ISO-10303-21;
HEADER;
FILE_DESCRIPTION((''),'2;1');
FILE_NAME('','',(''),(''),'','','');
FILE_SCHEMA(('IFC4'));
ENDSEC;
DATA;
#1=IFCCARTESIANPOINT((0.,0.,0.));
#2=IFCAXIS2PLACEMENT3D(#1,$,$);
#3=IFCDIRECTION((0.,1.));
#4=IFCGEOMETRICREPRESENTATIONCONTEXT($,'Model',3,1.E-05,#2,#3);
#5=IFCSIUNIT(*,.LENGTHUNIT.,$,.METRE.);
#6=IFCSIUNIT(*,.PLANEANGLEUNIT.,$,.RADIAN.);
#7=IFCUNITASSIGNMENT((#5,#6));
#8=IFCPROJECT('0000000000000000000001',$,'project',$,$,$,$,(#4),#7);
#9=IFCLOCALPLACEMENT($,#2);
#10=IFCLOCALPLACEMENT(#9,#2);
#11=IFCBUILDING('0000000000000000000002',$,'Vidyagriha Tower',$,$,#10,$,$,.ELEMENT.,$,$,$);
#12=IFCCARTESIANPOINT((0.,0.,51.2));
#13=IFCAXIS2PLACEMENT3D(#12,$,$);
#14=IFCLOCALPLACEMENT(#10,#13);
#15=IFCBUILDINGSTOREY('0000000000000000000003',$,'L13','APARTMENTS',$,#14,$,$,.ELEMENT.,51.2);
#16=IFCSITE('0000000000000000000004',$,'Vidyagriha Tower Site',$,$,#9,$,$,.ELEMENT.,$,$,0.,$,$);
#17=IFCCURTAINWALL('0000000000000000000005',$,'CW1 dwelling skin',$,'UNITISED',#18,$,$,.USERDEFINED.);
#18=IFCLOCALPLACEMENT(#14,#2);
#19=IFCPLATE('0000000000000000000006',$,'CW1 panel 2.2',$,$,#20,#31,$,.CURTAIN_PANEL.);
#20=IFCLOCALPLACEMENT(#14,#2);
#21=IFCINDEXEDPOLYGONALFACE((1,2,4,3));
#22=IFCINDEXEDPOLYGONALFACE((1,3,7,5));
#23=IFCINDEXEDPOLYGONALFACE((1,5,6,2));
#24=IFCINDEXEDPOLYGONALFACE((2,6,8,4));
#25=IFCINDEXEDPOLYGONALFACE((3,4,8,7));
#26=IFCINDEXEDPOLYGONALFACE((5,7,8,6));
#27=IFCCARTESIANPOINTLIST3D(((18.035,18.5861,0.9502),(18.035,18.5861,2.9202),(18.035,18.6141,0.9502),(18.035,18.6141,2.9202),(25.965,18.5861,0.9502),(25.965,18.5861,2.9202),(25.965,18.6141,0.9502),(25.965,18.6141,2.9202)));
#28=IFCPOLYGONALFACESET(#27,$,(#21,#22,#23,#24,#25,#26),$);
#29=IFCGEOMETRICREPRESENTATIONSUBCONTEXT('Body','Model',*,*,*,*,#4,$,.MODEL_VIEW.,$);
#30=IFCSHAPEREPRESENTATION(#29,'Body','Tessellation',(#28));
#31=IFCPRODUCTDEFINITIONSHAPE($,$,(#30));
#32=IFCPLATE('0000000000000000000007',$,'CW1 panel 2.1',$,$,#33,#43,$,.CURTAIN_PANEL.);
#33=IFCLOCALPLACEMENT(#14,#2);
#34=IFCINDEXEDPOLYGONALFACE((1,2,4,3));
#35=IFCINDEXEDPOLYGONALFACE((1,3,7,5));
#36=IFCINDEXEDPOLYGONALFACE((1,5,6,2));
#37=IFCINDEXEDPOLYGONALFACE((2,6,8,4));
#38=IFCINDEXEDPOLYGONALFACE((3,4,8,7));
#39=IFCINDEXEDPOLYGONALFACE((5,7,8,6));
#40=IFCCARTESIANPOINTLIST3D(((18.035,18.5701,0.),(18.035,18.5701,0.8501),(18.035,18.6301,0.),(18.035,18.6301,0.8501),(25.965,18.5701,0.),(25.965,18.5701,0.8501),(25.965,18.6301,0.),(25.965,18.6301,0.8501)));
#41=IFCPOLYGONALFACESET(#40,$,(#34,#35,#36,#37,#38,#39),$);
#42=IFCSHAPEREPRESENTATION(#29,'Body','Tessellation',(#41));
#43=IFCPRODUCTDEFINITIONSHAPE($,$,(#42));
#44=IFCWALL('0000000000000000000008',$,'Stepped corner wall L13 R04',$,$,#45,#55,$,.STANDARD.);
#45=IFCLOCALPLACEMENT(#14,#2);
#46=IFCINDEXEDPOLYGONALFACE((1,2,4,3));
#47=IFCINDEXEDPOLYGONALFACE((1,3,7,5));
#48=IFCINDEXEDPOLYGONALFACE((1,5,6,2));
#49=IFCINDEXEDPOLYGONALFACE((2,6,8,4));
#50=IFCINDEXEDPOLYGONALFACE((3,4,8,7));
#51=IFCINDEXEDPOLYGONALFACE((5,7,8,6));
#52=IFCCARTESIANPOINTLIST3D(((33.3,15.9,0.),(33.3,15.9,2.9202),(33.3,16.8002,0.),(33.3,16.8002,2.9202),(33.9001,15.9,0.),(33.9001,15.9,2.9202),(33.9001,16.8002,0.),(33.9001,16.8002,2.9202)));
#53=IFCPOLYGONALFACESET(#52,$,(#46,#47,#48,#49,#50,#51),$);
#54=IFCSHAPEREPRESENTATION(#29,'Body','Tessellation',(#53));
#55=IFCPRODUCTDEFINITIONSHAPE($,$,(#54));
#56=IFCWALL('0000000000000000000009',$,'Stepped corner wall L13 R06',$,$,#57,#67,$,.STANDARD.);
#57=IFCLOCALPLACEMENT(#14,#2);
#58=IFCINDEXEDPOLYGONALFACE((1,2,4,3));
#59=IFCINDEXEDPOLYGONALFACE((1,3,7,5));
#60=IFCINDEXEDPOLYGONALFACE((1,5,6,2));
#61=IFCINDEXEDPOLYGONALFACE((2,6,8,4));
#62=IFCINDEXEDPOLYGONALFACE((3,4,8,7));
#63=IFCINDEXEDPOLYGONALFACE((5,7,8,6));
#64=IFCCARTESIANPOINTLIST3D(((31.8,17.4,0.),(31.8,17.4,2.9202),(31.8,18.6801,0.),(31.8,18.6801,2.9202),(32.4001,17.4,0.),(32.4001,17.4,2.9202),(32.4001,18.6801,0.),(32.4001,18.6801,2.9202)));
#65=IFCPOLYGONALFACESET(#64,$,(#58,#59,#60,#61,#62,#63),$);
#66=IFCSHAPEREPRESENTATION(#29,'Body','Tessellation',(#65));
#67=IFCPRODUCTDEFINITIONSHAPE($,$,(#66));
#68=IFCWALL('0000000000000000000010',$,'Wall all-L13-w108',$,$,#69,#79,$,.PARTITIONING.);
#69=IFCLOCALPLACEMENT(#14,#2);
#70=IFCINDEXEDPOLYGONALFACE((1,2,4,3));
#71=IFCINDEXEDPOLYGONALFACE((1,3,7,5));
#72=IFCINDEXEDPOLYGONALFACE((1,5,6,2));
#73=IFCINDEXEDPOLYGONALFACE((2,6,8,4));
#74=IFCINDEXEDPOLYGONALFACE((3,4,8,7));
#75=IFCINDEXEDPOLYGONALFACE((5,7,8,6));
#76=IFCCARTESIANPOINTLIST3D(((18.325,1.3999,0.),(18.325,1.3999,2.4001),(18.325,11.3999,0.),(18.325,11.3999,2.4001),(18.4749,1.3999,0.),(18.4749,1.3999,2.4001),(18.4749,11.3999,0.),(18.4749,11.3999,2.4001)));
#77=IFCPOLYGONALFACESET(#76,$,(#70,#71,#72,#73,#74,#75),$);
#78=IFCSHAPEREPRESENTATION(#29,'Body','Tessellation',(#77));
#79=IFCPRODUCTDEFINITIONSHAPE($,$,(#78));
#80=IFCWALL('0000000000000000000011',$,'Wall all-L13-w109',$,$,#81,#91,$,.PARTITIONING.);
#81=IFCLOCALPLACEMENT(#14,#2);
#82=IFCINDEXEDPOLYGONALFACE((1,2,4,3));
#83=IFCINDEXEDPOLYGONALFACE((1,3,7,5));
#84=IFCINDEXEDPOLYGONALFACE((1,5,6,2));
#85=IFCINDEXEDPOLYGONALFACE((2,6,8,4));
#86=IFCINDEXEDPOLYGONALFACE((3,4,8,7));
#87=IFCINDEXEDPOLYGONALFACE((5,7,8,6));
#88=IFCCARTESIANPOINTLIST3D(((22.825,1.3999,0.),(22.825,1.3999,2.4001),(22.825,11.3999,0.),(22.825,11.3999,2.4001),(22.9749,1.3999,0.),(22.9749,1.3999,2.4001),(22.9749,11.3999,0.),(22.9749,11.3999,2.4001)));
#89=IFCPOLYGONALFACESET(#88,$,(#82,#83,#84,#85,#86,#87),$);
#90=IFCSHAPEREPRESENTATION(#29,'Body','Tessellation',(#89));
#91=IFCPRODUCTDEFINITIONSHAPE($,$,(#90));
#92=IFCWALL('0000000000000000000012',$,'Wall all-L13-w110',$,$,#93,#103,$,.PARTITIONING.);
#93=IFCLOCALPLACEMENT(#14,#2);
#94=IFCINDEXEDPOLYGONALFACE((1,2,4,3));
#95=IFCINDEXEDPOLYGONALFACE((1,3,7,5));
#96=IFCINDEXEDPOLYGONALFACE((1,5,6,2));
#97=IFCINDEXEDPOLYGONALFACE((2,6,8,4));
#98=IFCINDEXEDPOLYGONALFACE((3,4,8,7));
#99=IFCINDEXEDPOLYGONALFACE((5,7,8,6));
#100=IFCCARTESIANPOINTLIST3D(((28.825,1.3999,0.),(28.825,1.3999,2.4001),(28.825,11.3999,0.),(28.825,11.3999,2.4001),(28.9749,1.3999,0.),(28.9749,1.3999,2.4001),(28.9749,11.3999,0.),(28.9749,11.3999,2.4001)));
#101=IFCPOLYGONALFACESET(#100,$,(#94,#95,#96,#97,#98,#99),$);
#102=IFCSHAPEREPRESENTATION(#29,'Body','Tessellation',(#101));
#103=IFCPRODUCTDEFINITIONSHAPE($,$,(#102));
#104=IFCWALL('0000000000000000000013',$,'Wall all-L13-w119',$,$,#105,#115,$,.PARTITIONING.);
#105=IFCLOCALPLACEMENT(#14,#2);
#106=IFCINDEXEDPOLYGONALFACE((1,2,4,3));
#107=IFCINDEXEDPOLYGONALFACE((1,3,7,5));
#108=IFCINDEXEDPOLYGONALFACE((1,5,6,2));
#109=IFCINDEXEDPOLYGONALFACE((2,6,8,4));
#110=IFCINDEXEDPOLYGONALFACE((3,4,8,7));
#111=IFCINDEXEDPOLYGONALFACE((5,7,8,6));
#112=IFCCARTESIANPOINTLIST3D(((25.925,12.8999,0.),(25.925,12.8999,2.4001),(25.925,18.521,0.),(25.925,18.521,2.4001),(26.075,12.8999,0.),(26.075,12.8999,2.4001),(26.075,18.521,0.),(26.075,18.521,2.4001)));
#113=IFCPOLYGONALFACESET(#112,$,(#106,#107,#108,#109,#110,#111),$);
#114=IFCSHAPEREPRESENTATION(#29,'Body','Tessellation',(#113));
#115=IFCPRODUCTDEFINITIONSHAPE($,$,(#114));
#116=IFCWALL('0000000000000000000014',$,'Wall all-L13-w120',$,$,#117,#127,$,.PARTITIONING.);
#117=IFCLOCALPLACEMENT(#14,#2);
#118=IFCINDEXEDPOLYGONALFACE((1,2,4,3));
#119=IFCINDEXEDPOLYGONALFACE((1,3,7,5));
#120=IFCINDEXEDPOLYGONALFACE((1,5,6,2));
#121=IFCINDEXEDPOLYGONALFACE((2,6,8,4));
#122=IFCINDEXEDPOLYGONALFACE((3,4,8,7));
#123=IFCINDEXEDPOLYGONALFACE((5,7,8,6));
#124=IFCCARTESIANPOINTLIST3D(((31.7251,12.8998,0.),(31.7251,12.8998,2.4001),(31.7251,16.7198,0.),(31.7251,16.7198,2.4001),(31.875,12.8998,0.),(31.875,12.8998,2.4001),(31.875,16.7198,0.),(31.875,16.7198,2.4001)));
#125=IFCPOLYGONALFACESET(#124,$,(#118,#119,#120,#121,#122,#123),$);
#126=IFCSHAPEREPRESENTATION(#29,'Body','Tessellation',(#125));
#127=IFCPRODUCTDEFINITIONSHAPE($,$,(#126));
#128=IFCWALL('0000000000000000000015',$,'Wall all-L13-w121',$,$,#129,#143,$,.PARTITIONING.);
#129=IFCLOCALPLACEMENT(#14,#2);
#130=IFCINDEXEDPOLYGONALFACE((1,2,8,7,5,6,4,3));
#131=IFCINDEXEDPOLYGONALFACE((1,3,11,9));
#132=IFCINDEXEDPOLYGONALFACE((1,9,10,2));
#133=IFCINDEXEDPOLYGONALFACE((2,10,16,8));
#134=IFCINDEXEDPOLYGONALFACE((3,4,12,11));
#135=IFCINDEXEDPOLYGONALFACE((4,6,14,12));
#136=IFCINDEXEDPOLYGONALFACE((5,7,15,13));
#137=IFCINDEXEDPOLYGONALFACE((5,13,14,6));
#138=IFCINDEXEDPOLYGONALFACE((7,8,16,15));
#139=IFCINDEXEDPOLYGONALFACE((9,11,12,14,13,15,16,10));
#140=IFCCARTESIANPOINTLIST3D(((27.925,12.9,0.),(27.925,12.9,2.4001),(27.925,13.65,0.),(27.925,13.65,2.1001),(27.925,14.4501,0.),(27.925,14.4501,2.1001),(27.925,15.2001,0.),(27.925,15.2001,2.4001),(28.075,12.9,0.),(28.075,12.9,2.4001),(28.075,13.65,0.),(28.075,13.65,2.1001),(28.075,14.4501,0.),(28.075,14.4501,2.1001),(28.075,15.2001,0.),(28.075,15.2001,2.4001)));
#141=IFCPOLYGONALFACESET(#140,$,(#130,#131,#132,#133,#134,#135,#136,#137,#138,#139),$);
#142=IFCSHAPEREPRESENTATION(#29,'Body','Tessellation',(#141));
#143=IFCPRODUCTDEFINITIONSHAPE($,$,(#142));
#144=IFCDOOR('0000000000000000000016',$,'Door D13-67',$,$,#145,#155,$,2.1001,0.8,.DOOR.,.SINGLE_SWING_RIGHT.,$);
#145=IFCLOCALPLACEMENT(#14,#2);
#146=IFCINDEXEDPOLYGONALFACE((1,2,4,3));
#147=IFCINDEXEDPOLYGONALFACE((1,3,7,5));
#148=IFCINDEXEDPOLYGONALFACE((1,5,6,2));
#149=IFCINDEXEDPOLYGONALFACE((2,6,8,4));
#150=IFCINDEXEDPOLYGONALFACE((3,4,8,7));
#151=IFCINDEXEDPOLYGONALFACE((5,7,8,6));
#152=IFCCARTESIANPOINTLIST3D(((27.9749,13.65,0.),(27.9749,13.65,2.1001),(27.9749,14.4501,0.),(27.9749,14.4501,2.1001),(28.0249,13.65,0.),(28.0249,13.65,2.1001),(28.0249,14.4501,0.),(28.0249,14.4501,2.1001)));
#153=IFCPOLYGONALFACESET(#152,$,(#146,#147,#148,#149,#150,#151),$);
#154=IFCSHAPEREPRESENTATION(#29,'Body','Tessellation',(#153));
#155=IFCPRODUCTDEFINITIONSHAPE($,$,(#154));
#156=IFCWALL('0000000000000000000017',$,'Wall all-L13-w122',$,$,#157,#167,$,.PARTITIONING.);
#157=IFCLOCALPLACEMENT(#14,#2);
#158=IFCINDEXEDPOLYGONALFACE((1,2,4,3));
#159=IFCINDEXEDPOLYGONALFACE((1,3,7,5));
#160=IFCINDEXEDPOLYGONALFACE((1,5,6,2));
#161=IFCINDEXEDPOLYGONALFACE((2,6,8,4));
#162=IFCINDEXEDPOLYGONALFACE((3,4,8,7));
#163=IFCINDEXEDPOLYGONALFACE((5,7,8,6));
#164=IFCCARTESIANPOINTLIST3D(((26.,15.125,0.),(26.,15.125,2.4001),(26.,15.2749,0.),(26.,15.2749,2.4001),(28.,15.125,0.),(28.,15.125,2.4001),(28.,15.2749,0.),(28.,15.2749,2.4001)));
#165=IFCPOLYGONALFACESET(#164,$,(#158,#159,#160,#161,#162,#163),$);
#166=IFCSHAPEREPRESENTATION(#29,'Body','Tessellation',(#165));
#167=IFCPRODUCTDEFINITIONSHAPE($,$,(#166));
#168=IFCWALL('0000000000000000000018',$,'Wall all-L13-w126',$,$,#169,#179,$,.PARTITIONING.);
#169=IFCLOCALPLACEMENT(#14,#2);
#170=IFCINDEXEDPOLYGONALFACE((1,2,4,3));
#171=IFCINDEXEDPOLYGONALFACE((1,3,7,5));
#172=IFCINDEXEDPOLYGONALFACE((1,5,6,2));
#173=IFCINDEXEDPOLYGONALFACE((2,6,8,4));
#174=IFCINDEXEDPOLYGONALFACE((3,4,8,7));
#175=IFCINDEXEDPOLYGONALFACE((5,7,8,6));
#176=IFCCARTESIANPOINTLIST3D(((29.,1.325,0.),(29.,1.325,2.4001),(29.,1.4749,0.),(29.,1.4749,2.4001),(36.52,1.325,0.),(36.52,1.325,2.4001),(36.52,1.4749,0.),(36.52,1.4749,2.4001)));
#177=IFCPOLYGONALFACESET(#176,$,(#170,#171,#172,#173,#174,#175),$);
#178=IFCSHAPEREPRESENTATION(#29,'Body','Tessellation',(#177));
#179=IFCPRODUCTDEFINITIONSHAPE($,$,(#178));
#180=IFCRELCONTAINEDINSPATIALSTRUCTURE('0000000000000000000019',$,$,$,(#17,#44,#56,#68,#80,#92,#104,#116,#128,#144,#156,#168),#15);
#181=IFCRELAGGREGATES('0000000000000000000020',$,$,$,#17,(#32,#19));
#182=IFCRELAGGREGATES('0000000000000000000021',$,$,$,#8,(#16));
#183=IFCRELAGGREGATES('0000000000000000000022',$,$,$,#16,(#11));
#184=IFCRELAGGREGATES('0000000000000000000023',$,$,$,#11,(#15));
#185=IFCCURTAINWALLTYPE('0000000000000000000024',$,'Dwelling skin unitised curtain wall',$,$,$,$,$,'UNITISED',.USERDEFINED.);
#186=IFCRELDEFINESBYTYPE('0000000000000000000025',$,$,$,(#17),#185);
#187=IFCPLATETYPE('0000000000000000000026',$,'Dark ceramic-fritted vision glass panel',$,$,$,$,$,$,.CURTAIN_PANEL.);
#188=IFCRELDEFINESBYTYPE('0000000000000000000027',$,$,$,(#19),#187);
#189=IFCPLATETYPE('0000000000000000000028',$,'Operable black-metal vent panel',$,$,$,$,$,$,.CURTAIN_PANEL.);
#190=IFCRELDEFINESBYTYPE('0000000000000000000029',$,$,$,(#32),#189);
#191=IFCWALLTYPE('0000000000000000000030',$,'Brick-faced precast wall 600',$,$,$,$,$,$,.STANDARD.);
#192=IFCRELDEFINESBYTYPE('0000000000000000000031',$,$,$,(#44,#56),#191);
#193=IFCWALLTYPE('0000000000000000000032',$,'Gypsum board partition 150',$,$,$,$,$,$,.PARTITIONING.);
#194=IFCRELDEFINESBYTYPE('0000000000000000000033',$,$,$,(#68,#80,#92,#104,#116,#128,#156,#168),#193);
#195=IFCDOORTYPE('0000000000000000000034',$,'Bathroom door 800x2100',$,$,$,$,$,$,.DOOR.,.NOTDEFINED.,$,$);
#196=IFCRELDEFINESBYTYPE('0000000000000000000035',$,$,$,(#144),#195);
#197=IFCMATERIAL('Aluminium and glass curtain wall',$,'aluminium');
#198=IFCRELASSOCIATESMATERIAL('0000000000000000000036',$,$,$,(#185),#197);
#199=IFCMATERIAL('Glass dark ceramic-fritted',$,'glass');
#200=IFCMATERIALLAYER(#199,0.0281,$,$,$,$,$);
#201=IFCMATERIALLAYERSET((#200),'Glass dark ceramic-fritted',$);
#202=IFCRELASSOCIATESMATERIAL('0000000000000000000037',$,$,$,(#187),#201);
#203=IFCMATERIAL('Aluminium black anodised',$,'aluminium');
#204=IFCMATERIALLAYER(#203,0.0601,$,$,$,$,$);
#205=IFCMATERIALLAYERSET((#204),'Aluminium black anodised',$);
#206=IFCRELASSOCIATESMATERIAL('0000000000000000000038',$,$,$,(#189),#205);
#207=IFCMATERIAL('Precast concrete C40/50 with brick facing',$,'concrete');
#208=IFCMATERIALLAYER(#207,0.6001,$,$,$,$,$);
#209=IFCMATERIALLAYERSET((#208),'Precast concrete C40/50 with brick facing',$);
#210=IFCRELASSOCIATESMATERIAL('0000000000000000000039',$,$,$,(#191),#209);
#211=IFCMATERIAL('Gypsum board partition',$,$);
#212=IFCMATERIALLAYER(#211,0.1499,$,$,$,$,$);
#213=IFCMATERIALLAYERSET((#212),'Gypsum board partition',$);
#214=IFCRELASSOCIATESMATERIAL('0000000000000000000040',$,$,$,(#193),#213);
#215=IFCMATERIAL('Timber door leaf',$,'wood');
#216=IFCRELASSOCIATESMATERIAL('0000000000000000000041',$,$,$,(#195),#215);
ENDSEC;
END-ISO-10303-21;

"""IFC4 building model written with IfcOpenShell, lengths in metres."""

from ifc_helpers import new_model, si_unit, direction, frame, frame_2d, origin, origin_2d, place, context, subcontext, project, spatial, rectangle, extrude, material, layer, layer_set, type_object, element, fill, aggregate, save


model = new_model("IFC4")

# Units and contexts
model_context = context("Model", 3, precision=1e-05, world=origin(), true_north=direction((0.0, 1.0)))
body_context = subcontext(model_context, "Body", "Model", "MODEL_VIEW")
ifc_project = project(units=[si_unit("LENGTHUNIT", "METRE"), si_unit("PLANEANGLEUNIT", "RADIAN")], contexts=[model_context])

# Site, building, storey
site_placement = place(None, origin())
site = spatial("IfcSite", under=ifc_project, at=site_placement, Name="Vidyagriha Tower Site", CompositionType="ELEMENT", RefElevation=0.0)
building_placement = place(site_placement, origin())
building = spatial("IfcBuilding", under=site, at=building_placement, Name="Vidyagriha Tower", CompositionType="ELEMENT")
storey_placement = place(building_placement, frame((0.0, 0.0, 51.2)))
storey = spatial("IfcBuildingStorey", under=building, at=storey_placement, Name="L13", Description="APARTMENTS", CompositionType="ELEMENT", Elevation=51.2)

# Curtain wall, plates
ifc_material_1 = material(Name="Aluminium and glass curtain wall", Category="aluminium")
curtain_wall_type = type_object("IfcCurtainWallType", Name="Dwelling skin unitised curtain wall", ElementType="UNITISED", PredefinedType="USERDEFINED", material=ifc_material_1)
curtain_wall_placement = place(storey_placement, origin())
curtain_wall = element("IfcCurtainWall", 1, at=curtain_wall_placement, inside=storey, type_object=curtain_wall_type, Name="CW1 dwelling skin", ObjectType="UNITISED", PredefinedType="USERDEFINED")
ifc_material_2 = material(Name="Glass dark ceramic-fritted", Category="glass")
ifc_layer_1 = layer(ifc_material_2, 0.0281)
ifc_layer_set_1 = layer_set([ifc_layer_1], Name="Glass dark ceramic-fritted")
plate_type_1 = type_object("IfcPlateType", Name="Dark ceramic-fritted vision glass panel", PredefinedType="CURTAIN_PANEL", material=ifc_layer_set_1)
plate_1_placement = place(storey_placement, frame((22.0, 18.6001, 0.9502), z_axis=(0.0, 0.0, 1.0), x_axis=(-1.0, 0.0, 0.0)))
plate_1 = element("IfcPlate", 2, at=plate_1_placement, type_object=plate_type_1, Name="CW1 panel 2.2", PredefinedType="CURTAIN_PANEL", context=body_context, shape_type="SweptSolid", body=[
    extrude(rectangle(XDim=7.9299, YDim=0.0281, at=origin_2d()), origin(), (0.0, 0.0, 1.0), 1.97),
])
ifc_material_3 = material(Name="Aluminium black anodised", Category="aluminium")
ifc_layer_2 = layer(ifc_material_3, 0.0601)
ifc_layer_set_2 = layer_set([ifc_layer_2], Name="Aluminium black anodised")
plate_type_2 = type_object("IfcPlateType", Name="Operable black-metal vent panel", PredefinedType="CURTAIN_PANEL", material=ifc_layer_set_2)
plate_2_placement = place(storey_placement, frame((22.0, 18.6001, 0.0), z_axis=(0.0, 0.0, 1.0), x_axis=(-1.0, 0.0, 0.0)))
plate_2 = element("IfcPlate", 3, at=plate_2_placement, type_object=plate_type_2, Name="CW1 panel 2.1", PredefinedType="CURTAIN_PANEL", context=body_context, shape_type="SweptSolid", body=[
    extrude(rectangle(XDim=7.9299, YDim=0.0601, at=origin_2d()), origin(), (0.0, 0.0, 1.0), 0.8501),
])
aggregate(curtain_wall, [plate_2, plate_1])

# Walls
ifc_material_4 = material(Name="Precast concrete C40/50 with brick facing", Category="concrete")
ifc_layer_3 = layer(ifc_material_4, 0.6001)
ifc_layer_set_3 = layer_set([ifc_layer_3], Name="Precast concrete C40/50 with brick facing")
wall_type_1 = type_object("IfcWallType", Name="Brick-faced precast wall 600", PredefinedType="STANDARD", material=ifc_layer_set_3)
wall_1_placement = place(storey_placement, frame((33.6001, 15.8999, 0.0), z_axis=(0.0, 0.0, 1.0), x_axis=(0.0, 1.0, 0.0)))
element("IfcWall", 4, at=wall_1_placement, inside=storey, type_object=wall_type_1, Name="Stepped corner wall L13 R04", PredefinedType="STANDARD", context=body_context, shape_type="SweptSolid", body=[
    extrude(rectangle(XDim=0.9001, YDim=0.6001, at=frame_2d((0.4502, 0.0))), origin(), (0.0, 0.0, 1.0), 2.9202),
])
wall_2_placement = place(storey_placement, frame((32.1001, 17.3999, 0.0), z_axis=(0.0, 0.0, 1.0), x_axis=(0.0, 1.0, 0.0)))
element("IfcWall", 5, at=wall_2_placement, inside=storey, type_object=wall_type_1, Name="Stepped corner wall L13 R06", PredefinedType="STANDARD", context=body_context, shape_type="SweptSolid", body=[
    extrude(rectangle(XDim=1.28, YDim=0.6001, at=frame_2d((0.6401, 0.0))), origin(), (0.0, 0.0, 1.0), 2.9202),
])
ifc_material_5 = material(Name="Gypsum board partition")
ifc_layer_4 = layer(ifc_material_5, 0.1499)
ifc_layer_set_4 = layer_set([ifc_layer_4], Name="Gypsum board partition")
wall_type_2 = type_object("IfcWallType", Name="Gypsum board partition 150", PredefinedType="PARTITIONING", material=ifc_layer_set_4)
for number, where, z_axis, x_axis, name in (
    (6, (18.3999, 11.3999, 0.0), (0.0, 0.0, 1.0), (0.0, -1.0, 0.0), "Wall all-L13-w108"),
    (7, (22.8999, 11.3999, 0.0), (0.0, 0.0, 1.0), (0.0, -1.0, 0.0), "Wall all-L13-w109"),
    (8, (28.8999, 11.3999, 0.0), (0.0, 0.0, 1.0), (0.0, -1.0, 0.0), "Wall all-L13-w110"),
):
    element("IfcWall", number, at=place(storey_placement, frame(where, z_axis=z_axis, x_axis=x_axis)), inside=storey, type_object=wall_type_2, Name=name, PredefinedType="PARTITIONING", context=body_context, shape_type="SweptSolid", body=[
        extrude(rectangle(XDim=10.0, YDim=0.1499, at=frame_2d((5.0, 0.0))), origin(), (0.0, 0.0, 1.0), 2.4001),
    ])
wall_3_placement = place(storey_placement, frame((26.0, 18.521, 0.0), z_axis=(0.0, 0.0, 1.0), x_axis=(0.0, -1.0, 0.0)))
element("IfcWall", 9, at=wall_3_placement, inside=storey, type_object=wall_type_2, Name="Wall all-L13-w119", PredefinedType="PARTITIONING", context=body_context, shape_type="SweptSolid", body=[
    extrude(rectangle(XDim=5.6211, YDim=0.1499, at=frame_2d((2.8105, 0.0))), origin(), (0.0, 0.0, 1.0), 2.4001),
])
wall_4_placement = place(storey_placement, frame((31.8, 16.72, 0.0), z_axis=(0.0, 0.0, 1.0), x_axis=(0.0, -1.0, 0.0)))
element("IfcWall", 10, at=wall_4_placement, inside=storey, type_object=wall_type_2, Name="Wall all-L13-w120", PredefinedType="PARTITIONING", context=body_context, shape_type="SweptSolid", body=[
    extrude(rectangle(XDim=3.8201, YDim=0.1499, at=frame_2d((1.9102, 0.0))), origin(), (0.0, 0.0, 1.0), 2.4001),
])

# Wall, opening, door
wall_5_placement = place(storey_placement, frame((28.0, 15.2, 0.0), z_axis=(0.0, 0.0, 1.0), x_axis=(0.0, -1.0, 0.0)))
wall_5 = element("IfcWall", 11, at=wall_5_placement, inside=storey, type_object=wall_type_2, Name="Wall all-L13-w121", PredefinedType="PARTITIONING", context=body_context, shape_type="SweptSolid", body=[
    extrude(rectangle(XDim=2.3, YDim=0.1499, at=frame_2d((1.1499, 0.0))), origin(), (0.0, 0.0, 1.0), 2.4001),
])
opening_placement = place(wall_5_placement, frame((0.75, 0.0, 0.0)))
opening = element("IfcOpeningElement", 12, at=opening_placement, cuts=wall_5, PredefinedType="OPENING", context=body_context, shape_type="SweptSolid", body=[
    extrude(rectangle(XDim=0.8, YDim=2.1001, at=frame_2d((0.3999, 1.05))), frame((0.0, 0.085, 0.0), z_axis=(0.0, -1.0, 0.0), x_axis=(1.0, 0.0, 0.0)), (0.0, 0.0, 1.0), 0.1699),
])
ifc_material_6 = material(Name="Timber door leaf", Category="wood")
door_type = type_object("IfcDoorType", Name="Bathroom door 800x2100", OperationType="NOTDEFINED", PredefinedType="DOOR", material=ifc_material_6)
door_placement = place(opening_placement, origin())
door = element("IfcDoor", 13, at=door_placement, inside=storey, type_object=door_type, Name="Door D13-67", OperationType="SINGLE_SWING_RIGHT", OverallHeight=2.1001, OverallWidth=0.8, PredefinedType="DOOR", context=body_context, shape_type="SweptSolid", body=[
    extrude(rectangle(XDim=0.8, YDim=2.1001, at=frame_2d((0.3999, 1.05))), frame((0.0, 0.0249, 0.0), z_axis=(0.0, -1.0, 0.0), x_axis=(1.0, 0.0, 0.0)), (0.0, 0.0, 1.0), 0.05),
])
fill(opening, door)

# Walls
wall_6_placement = place(storey_placement, frame((26.0, 15.2, 0.0)))
element("IfcWall", 14, at=wall_6_placement, inside=storey, type_object=wall_type_2, Name="Wall all-L13-w122", PredefinedType="PARTITIONING", context=body_context, shape_type="SweptSolid", body=[
    extrude(rectangle(XDim=2.0, YDim=0.1499, at=frame_2d((1.0, 0.0))), origin(), (0.0, 0.0, 1.0), 2.4001),
])
wall_7_placement = place(storey_placement, frame((29.0, 1.3999, 0.0)))
element("IfcWall", 15, at=wall_7_placement, inside=storey, type_object=wall_type_2, Name="Wall all-L13-w126", PredefinedType="PARTITIONING", context=body_context, shape_type="SweptSolid", body=[
    extrude(rectangle(XDim=7.52, YDim=0.1499, at=frame_2d((3.76, 0.0))), origin(), (0.0, 0.0, 1.0), 2.4001),
])

save(model, "model.ifc")
